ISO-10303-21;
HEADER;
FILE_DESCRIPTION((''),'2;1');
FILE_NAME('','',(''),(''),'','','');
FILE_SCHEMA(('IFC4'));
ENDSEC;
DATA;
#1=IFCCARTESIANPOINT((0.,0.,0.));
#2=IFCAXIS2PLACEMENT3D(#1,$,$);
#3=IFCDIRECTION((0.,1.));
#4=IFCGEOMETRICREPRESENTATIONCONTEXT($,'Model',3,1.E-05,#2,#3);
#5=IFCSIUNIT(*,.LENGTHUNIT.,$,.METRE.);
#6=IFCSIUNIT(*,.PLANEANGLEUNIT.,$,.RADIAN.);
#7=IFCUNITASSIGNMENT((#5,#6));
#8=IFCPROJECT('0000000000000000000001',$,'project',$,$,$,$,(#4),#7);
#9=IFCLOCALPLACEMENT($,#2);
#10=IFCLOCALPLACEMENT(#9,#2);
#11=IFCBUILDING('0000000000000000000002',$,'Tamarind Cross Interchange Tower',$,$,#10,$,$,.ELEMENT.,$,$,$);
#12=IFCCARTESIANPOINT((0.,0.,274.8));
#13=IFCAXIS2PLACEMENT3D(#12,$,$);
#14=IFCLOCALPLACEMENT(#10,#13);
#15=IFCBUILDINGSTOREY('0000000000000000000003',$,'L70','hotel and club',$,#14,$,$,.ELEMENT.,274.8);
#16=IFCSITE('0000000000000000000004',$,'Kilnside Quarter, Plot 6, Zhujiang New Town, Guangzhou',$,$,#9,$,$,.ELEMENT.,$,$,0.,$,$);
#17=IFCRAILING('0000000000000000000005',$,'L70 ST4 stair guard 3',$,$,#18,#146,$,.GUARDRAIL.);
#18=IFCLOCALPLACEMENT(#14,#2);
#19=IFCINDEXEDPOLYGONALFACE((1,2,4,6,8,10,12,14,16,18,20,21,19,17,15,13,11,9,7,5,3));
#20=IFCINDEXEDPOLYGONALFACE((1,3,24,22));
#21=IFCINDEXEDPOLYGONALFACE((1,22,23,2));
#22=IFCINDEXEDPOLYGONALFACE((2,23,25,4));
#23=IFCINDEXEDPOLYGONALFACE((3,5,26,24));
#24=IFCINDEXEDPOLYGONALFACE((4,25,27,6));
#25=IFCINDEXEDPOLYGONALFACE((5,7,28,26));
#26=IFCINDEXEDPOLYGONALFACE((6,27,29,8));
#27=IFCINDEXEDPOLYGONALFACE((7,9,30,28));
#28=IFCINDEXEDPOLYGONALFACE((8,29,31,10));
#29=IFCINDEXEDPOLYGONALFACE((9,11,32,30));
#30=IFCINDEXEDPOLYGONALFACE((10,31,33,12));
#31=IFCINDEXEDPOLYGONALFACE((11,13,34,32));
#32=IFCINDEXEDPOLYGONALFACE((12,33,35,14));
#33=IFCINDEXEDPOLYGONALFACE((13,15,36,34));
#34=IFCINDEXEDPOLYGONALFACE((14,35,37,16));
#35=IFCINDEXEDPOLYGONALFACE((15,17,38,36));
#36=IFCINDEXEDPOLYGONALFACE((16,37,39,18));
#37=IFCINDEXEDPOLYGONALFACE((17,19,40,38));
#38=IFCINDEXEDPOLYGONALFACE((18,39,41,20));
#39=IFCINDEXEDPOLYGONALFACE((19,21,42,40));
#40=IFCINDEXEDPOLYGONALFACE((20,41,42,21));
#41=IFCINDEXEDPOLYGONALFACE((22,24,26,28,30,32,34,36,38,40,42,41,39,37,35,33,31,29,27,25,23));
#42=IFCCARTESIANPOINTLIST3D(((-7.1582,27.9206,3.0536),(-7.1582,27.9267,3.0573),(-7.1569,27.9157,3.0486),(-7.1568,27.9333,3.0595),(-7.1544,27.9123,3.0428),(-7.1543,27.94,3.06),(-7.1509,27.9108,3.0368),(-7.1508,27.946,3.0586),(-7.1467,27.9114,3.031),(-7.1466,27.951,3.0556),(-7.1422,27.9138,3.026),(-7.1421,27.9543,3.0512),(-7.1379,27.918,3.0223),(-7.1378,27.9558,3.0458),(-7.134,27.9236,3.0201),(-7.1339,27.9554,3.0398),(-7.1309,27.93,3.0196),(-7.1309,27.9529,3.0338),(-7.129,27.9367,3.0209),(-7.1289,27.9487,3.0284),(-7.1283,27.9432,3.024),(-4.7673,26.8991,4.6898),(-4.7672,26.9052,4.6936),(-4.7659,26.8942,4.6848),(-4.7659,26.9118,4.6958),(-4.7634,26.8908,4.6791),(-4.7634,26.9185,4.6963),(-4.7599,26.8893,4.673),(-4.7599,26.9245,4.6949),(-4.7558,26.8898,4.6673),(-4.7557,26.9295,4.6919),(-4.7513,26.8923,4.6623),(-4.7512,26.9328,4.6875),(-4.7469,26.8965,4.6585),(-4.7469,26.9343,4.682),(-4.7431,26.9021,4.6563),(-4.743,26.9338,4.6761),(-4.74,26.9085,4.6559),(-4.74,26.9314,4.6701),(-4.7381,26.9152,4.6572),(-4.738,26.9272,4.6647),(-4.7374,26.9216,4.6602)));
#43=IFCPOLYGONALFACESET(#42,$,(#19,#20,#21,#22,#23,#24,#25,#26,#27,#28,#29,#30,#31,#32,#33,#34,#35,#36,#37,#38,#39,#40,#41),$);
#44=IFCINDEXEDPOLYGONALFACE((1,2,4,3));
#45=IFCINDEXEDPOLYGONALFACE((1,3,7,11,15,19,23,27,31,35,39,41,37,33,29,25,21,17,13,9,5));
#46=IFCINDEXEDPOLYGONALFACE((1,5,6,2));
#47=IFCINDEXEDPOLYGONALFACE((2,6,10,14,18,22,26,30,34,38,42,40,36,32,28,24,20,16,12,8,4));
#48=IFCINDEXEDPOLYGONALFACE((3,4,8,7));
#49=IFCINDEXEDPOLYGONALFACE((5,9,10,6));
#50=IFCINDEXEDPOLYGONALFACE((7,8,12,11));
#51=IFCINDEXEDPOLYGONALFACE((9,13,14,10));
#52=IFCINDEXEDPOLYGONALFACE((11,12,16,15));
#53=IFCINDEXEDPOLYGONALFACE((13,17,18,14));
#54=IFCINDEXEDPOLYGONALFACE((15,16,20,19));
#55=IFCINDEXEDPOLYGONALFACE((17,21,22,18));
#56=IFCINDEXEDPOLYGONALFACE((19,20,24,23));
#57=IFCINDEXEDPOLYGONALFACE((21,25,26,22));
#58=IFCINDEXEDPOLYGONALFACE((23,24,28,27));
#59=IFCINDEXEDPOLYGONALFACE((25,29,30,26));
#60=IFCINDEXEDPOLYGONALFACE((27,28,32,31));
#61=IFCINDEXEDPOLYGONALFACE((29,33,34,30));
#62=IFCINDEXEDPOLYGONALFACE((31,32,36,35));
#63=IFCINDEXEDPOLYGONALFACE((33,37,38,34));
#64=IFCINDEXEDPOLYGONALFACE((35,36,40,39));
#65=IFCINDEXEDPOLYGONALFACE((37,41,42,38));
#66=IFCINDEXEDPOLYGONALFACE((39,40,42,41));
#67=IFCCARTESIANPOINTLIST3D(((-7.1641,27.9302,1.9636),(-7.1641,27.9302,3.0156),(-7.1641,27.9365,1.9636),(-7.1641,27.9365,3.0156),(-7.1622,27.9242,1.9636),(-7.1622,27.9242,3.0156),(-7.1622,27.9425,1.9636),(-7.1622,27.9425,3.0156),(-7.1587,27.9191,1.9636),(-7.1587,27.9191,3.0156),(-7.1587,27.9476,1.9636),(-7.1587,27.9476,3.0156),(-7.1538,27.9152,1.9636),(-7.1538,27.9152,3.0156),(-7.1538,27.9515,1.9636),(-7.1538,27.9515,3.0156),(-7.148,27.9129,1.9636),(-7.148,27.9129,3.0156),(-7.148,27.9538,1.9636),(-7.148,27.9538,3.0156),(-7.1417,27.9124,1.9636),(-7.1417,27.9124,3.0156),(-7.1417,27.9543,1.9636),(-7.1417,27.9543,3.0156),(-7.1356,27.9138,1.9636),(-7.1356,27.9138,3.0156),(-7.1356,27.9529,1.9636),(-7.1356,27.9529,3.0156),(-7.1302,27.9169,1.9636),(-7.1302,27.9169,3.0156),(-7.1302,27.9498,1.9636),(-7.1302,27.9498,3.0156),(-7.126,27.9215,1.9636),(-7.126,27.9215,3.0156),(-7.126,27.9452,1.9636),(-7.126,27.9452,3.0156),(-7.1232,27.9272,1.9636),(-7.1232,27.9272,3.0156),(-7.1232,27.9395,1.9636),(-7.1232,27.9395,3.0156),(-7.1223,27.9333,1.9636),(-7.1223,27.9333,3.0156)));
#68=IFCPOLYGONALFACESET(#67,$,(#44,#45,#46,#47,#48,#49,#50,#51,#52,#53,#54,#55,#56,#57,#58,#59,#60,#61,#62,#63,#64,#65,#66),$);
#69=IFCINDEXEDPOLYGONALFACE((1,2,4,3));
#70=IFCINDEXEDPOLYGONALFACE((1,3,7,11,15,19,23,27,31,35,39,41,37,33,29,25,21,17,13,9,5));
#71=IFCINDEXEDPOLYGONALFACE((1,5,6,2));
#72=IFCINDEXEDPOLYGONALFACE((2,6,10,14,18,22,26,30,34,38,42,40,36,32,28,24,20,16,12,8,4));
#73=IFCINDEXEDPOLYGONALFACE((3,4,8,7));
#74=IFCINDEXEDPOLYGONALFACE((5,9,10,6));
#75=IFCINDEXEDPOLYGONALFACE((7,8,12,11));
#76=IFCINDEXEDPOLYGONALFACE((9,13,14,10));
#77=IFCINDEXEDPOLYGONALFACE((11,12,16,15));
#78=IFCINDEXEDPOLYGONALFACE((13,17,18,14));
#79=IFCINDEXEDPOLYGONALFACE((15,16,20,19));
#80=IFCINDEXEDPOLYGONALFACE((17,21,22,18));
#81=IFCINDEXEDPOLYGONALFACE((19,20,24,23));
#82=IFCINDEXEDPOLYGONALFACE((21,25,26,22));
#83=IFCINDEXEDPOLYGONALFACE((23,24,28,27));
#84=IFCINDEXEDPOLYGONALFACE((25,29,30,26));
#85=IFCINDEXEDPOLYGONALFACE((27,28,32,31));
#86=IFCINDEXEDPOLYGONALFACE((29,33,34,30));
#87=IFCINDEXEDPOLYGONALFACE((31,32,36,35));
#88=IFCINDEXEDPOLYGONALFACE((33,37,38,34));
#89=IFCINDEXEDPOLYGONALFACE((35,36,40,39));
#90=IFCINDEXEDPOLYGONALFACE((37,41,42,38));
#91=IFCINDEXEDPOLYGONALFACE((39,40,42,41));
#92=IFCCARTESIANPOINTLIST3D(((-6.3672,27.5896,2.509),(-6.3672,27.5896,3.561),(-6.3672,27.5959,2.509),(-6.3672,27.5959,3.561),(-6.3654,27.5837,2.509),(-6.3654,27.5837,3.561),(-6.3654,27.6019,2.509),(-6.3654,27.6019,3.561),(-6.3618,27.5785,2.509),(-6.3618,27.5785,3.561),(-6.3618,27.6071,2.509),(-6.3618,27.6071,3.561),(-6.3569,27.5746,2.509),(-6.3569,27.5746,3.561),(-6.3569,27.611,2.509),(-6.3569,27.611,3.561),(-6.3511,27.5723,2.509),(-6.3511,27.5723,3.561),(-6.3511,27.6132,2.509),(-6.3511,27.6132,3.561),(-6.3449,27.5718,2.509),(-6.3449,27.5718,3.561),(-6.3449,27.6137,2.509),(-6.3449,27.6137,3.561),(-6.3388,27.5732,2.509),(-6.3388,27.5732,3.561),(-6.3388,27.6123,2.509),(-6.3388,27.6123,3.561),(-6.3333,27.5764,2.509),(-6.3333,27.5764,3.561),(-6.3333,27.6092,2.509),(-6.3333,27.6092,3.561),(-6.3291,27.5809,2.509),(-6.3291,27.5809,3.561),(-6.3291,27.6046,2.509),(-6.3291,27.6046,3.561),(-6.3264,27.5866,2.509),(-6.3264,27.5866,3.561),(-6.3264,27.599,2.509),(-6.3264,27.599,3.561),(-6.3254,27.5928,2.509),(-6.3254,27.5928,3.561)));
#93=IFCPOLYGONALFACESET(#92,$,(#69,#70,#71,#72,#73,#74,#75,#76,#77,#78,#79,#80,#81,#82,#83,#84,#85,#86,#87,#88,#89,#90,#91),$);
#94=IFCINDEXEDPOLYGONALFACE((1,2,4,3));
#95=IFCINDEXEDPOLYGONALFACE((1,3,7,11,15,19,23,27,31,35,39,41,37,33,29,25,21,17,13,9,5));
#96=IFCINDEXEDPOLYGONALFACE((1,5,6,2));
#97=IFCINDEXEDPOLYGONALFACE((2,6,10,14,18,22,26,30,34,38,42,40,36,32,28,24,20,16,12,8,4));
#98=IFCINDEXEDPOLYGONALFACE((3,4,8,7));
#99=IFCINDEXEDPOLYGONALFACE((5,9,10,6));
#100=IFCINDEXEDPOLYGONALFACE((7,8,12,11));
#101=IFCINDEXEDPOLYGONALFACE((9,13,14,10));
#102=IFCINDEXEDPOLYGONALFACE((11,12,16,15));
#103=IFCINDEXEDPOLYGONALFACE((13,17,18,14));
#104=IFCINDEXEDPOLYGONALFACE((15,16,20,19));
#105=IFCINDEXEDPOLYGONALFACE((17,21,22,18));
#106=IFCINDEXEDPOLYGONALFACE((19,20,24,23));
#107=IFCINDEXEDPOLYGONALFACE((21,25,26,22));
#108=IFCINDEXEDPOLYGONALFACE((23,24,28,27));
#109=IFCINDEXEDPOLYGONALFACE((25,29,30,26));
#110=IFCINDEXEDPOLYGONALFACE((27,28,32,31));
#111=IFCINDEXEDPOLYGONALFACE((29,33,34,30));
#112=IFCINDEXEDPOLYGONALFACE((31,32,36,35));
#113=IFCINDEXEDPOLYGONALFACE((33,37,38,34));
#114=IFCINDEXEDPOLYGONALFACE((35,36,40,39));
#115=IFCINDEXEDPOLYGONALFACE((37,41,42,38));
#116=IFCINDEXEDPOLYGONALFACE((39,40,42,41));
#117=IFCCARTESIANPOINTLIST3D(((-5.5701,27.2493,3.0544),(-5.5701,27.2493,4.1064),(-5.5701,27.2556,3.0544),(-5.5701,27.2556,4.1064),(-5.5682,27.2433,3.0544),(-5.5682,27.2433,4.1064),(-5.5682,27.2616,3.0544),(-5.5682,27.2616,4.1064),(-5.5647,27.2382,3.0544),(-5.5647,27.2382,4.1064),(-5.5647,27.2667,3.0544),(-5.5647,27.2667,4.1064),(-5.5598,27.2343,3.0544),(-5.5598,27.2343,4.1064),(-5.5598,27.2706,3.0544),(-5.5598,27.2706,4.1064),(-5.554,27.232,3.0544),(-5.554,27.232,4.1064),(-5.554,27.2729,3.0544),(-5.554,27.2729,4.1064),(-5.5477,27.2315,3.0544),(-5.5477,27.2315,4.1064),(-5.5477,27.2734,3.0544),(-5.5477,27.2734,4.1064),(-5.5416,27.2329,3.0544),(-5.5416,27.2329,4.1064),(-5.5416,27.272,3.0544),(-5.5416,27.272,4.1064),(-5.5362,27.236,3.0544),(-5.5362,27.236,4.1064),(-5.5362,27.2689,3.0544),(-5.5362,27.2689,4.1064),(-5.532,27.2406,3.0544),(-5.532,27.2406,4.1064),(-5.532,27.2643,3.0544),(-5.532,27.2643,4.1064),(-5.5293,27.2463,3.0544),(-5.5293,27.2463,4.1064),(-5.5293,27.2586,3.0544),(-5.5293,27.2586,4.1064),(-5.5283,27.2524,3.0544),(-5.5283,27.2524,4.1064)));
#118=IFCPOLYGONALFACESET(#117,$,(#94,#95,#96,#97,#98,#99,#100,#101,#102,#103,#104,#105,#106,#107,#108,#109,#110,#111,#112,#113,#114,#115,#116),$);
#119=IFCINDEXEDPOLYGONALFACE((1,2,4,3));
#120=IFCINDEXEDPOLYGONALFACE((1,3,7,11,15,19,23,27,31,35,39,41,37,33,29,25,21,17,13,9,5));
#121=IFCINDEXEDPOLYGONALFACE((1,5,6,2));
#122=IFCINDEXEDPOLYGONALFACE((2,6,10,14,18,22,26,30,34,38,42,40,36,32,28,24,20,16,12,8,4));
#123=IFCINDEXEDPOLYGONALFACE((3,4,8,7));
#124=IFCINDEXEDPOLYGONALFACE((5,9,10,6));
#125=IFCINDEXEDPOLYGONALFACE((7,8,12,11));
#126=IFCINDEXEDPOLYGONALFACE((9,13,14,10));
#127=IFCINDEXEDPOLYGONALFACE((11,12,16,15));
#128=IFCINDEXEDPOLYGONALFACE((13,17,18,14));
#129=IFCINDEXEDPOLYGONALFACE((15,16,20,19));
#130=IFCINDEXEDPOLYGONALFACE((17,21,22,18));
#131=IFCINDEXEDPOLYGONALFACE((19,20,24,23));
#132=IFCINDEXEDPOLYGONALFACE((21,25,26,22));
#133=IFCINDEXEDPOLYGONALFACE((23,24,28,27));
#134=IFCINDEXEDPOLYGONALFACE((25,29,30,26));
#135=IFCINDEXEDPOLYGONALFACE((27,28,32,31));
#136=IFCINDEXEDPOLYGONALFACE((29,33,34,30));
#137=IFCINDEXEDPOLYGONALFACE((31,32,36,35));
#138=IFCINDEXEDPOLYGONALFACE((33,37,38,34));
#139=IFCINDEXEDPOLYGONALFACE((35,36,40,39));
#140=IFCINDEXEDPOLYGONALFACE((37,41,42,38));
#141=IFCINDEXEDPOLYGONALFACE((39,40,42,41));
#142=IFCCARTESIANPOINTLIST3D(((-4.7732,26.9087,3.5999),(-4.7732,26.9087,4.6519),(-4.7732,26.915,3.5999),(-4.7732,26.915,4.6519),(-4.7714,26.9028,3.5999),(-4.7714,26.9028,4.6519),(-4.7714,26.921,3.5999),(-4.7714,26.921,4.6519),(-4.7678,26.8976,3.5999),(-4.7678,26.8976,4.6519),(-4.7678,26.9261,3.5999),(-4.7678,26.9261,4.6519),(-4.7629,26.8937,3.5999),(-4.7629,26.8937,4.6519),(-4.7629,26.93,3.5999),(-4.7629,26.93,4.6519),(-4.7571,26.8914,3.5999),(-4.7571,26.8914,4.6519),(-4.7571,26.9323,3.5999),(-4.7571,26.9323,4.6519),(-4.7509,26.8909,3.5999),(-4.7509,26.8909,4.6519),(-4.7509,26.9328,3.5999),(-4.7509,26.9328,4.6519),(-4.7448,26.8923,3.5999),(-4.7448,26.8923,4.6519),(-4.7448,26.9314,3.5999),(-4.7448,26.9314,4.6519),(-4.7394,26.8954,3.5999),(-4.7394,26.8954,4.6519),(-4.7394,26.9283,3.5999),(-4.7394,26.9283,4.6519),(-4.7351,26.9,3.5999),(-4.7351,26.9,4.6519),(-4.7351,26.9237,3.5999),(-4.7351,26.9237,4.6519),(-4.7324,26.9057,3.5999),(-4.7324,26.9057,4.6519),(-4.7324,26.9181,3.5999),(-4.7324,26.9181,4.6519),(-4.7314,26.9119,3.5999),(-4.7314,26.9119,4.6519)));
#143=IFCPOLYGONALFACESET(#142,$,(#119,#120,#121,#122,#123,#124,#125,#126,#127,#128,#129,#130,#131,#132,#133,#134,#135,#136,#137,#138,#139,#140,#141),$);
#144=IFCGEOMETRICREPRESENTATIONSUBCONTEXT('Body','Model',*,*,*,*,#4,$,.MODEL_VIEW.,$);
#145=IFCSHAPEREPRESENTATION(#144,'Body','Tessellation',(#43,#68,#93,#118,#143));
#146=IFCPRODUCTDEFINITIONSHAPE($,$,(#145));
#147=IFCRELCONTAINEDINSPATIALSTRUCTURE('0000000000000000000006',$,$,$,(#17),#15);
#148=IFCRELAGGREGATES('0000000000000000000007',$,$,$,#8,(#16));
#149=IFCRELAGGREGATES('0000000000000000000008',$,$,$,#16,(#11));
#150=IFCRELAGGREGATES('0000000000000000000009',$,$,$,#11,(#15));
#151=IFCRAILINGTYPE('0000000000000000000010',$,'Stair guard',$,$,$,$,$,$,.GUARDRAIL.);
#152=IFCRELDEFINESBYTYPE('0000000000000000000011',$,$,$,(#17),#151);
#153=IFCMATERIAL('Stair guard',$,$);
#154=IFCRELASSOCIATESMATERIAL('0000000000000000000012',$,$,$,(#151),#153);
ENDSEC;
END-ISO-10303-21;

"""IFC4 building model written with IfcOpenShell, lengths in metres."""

from ifc_helpers import new_model, si_unit, direction, frame, origin, origin_2d, place, context, subcontext, project, spatial, circle, extrude, material, type_object, element, save


model = new_model("IFC4")

# Units and contexts
model_context = context("Model", 3, precision=1e-05, world=origin(), true_north=direction((0.0, 1.0)))
body_context = subcontext(model_context, "Body", "Model", "MODEL_VIEW")
ifc_project = project(units=[si_unit("LENGTHUNIT", "METRE"), si_unit("PLANEANGLEUNIT", "RADIAN")], contexts=[model_context])

# Site, building, storey
site_placement = place(None, origin())
site = spatial("IfcSite", under=ifc_project, at=site_placement, Name="Kilnside Quarter, Plot 6, Zhujiang New Town, Guangzhou", CompositionType="ELEMENT", RefElevation=0.0)
building_placement = place(site_placement, origin())
building = spatial("IfcBuilding", under=site, at=building_placement, Name="Tamarind Cross Interchange Tower", CompositionType="ELEMENT")
storey_placement = place(building_placement, frame((0.0, 0.0, 274.8)))
storey = spatial("IfcBuildingStorey", under=building, at=storey_placement, Name="L70", Description="hotel and club", CompositionType="ELEMENT", Elevation=274.8)

# Railing
ifc_material_1 = material(Name="Stair guard")
railing_type_1 = type_object("IfcRailingType", Name="Stair guard", PredefinedType="GUARDRAIL", material=ifc_material_1)
railing_1_placement = place(storey_placement, frame((-7.1433, 27.9333, 1.9636)))
element("IfcRailing", 1, at=railing_1_placement, inside=storey, type_object=railing_type_1, Name="L70 ST4 stair guard 3", PredefinedType="GUARDRAIL", context=body_context, shape_type="SweptSolid", body=[
    extrude(circle(Radius=0.0239, at=origin_2d()), frame((0.0, 0.0, 1.0762), z_axis=(0.778288, -0.332519, 0.532634), x_axis=(0.392888, 0.919586, 0.0)), (0.0, 0.0, 1.0), 3.072),
    extrude(circle(Radius=0.021, at=origin_2d()), origin(), (0.0, 0.0, 1.0), 1.052),
    extrude(circle(Radius=0.021, at=origin_2d()), frame((0.7969, -0.3406, 0.5454)), (0.0, 0.0, 1.0), 1.052),
    extrude(circle(Radius=0.021, at=origin_2d()), frame((1.594, -0.6809, 1.0908)), (0.0, 0.0, 1.0), 1.052),
    extrude(circle(Radius=0.021, at=origin_2d()), frame((2.3909, -1.0215, 1.6362)), (0.0, 0.0, 1.0), 1.052),
])

save(model, "model.ifc")
